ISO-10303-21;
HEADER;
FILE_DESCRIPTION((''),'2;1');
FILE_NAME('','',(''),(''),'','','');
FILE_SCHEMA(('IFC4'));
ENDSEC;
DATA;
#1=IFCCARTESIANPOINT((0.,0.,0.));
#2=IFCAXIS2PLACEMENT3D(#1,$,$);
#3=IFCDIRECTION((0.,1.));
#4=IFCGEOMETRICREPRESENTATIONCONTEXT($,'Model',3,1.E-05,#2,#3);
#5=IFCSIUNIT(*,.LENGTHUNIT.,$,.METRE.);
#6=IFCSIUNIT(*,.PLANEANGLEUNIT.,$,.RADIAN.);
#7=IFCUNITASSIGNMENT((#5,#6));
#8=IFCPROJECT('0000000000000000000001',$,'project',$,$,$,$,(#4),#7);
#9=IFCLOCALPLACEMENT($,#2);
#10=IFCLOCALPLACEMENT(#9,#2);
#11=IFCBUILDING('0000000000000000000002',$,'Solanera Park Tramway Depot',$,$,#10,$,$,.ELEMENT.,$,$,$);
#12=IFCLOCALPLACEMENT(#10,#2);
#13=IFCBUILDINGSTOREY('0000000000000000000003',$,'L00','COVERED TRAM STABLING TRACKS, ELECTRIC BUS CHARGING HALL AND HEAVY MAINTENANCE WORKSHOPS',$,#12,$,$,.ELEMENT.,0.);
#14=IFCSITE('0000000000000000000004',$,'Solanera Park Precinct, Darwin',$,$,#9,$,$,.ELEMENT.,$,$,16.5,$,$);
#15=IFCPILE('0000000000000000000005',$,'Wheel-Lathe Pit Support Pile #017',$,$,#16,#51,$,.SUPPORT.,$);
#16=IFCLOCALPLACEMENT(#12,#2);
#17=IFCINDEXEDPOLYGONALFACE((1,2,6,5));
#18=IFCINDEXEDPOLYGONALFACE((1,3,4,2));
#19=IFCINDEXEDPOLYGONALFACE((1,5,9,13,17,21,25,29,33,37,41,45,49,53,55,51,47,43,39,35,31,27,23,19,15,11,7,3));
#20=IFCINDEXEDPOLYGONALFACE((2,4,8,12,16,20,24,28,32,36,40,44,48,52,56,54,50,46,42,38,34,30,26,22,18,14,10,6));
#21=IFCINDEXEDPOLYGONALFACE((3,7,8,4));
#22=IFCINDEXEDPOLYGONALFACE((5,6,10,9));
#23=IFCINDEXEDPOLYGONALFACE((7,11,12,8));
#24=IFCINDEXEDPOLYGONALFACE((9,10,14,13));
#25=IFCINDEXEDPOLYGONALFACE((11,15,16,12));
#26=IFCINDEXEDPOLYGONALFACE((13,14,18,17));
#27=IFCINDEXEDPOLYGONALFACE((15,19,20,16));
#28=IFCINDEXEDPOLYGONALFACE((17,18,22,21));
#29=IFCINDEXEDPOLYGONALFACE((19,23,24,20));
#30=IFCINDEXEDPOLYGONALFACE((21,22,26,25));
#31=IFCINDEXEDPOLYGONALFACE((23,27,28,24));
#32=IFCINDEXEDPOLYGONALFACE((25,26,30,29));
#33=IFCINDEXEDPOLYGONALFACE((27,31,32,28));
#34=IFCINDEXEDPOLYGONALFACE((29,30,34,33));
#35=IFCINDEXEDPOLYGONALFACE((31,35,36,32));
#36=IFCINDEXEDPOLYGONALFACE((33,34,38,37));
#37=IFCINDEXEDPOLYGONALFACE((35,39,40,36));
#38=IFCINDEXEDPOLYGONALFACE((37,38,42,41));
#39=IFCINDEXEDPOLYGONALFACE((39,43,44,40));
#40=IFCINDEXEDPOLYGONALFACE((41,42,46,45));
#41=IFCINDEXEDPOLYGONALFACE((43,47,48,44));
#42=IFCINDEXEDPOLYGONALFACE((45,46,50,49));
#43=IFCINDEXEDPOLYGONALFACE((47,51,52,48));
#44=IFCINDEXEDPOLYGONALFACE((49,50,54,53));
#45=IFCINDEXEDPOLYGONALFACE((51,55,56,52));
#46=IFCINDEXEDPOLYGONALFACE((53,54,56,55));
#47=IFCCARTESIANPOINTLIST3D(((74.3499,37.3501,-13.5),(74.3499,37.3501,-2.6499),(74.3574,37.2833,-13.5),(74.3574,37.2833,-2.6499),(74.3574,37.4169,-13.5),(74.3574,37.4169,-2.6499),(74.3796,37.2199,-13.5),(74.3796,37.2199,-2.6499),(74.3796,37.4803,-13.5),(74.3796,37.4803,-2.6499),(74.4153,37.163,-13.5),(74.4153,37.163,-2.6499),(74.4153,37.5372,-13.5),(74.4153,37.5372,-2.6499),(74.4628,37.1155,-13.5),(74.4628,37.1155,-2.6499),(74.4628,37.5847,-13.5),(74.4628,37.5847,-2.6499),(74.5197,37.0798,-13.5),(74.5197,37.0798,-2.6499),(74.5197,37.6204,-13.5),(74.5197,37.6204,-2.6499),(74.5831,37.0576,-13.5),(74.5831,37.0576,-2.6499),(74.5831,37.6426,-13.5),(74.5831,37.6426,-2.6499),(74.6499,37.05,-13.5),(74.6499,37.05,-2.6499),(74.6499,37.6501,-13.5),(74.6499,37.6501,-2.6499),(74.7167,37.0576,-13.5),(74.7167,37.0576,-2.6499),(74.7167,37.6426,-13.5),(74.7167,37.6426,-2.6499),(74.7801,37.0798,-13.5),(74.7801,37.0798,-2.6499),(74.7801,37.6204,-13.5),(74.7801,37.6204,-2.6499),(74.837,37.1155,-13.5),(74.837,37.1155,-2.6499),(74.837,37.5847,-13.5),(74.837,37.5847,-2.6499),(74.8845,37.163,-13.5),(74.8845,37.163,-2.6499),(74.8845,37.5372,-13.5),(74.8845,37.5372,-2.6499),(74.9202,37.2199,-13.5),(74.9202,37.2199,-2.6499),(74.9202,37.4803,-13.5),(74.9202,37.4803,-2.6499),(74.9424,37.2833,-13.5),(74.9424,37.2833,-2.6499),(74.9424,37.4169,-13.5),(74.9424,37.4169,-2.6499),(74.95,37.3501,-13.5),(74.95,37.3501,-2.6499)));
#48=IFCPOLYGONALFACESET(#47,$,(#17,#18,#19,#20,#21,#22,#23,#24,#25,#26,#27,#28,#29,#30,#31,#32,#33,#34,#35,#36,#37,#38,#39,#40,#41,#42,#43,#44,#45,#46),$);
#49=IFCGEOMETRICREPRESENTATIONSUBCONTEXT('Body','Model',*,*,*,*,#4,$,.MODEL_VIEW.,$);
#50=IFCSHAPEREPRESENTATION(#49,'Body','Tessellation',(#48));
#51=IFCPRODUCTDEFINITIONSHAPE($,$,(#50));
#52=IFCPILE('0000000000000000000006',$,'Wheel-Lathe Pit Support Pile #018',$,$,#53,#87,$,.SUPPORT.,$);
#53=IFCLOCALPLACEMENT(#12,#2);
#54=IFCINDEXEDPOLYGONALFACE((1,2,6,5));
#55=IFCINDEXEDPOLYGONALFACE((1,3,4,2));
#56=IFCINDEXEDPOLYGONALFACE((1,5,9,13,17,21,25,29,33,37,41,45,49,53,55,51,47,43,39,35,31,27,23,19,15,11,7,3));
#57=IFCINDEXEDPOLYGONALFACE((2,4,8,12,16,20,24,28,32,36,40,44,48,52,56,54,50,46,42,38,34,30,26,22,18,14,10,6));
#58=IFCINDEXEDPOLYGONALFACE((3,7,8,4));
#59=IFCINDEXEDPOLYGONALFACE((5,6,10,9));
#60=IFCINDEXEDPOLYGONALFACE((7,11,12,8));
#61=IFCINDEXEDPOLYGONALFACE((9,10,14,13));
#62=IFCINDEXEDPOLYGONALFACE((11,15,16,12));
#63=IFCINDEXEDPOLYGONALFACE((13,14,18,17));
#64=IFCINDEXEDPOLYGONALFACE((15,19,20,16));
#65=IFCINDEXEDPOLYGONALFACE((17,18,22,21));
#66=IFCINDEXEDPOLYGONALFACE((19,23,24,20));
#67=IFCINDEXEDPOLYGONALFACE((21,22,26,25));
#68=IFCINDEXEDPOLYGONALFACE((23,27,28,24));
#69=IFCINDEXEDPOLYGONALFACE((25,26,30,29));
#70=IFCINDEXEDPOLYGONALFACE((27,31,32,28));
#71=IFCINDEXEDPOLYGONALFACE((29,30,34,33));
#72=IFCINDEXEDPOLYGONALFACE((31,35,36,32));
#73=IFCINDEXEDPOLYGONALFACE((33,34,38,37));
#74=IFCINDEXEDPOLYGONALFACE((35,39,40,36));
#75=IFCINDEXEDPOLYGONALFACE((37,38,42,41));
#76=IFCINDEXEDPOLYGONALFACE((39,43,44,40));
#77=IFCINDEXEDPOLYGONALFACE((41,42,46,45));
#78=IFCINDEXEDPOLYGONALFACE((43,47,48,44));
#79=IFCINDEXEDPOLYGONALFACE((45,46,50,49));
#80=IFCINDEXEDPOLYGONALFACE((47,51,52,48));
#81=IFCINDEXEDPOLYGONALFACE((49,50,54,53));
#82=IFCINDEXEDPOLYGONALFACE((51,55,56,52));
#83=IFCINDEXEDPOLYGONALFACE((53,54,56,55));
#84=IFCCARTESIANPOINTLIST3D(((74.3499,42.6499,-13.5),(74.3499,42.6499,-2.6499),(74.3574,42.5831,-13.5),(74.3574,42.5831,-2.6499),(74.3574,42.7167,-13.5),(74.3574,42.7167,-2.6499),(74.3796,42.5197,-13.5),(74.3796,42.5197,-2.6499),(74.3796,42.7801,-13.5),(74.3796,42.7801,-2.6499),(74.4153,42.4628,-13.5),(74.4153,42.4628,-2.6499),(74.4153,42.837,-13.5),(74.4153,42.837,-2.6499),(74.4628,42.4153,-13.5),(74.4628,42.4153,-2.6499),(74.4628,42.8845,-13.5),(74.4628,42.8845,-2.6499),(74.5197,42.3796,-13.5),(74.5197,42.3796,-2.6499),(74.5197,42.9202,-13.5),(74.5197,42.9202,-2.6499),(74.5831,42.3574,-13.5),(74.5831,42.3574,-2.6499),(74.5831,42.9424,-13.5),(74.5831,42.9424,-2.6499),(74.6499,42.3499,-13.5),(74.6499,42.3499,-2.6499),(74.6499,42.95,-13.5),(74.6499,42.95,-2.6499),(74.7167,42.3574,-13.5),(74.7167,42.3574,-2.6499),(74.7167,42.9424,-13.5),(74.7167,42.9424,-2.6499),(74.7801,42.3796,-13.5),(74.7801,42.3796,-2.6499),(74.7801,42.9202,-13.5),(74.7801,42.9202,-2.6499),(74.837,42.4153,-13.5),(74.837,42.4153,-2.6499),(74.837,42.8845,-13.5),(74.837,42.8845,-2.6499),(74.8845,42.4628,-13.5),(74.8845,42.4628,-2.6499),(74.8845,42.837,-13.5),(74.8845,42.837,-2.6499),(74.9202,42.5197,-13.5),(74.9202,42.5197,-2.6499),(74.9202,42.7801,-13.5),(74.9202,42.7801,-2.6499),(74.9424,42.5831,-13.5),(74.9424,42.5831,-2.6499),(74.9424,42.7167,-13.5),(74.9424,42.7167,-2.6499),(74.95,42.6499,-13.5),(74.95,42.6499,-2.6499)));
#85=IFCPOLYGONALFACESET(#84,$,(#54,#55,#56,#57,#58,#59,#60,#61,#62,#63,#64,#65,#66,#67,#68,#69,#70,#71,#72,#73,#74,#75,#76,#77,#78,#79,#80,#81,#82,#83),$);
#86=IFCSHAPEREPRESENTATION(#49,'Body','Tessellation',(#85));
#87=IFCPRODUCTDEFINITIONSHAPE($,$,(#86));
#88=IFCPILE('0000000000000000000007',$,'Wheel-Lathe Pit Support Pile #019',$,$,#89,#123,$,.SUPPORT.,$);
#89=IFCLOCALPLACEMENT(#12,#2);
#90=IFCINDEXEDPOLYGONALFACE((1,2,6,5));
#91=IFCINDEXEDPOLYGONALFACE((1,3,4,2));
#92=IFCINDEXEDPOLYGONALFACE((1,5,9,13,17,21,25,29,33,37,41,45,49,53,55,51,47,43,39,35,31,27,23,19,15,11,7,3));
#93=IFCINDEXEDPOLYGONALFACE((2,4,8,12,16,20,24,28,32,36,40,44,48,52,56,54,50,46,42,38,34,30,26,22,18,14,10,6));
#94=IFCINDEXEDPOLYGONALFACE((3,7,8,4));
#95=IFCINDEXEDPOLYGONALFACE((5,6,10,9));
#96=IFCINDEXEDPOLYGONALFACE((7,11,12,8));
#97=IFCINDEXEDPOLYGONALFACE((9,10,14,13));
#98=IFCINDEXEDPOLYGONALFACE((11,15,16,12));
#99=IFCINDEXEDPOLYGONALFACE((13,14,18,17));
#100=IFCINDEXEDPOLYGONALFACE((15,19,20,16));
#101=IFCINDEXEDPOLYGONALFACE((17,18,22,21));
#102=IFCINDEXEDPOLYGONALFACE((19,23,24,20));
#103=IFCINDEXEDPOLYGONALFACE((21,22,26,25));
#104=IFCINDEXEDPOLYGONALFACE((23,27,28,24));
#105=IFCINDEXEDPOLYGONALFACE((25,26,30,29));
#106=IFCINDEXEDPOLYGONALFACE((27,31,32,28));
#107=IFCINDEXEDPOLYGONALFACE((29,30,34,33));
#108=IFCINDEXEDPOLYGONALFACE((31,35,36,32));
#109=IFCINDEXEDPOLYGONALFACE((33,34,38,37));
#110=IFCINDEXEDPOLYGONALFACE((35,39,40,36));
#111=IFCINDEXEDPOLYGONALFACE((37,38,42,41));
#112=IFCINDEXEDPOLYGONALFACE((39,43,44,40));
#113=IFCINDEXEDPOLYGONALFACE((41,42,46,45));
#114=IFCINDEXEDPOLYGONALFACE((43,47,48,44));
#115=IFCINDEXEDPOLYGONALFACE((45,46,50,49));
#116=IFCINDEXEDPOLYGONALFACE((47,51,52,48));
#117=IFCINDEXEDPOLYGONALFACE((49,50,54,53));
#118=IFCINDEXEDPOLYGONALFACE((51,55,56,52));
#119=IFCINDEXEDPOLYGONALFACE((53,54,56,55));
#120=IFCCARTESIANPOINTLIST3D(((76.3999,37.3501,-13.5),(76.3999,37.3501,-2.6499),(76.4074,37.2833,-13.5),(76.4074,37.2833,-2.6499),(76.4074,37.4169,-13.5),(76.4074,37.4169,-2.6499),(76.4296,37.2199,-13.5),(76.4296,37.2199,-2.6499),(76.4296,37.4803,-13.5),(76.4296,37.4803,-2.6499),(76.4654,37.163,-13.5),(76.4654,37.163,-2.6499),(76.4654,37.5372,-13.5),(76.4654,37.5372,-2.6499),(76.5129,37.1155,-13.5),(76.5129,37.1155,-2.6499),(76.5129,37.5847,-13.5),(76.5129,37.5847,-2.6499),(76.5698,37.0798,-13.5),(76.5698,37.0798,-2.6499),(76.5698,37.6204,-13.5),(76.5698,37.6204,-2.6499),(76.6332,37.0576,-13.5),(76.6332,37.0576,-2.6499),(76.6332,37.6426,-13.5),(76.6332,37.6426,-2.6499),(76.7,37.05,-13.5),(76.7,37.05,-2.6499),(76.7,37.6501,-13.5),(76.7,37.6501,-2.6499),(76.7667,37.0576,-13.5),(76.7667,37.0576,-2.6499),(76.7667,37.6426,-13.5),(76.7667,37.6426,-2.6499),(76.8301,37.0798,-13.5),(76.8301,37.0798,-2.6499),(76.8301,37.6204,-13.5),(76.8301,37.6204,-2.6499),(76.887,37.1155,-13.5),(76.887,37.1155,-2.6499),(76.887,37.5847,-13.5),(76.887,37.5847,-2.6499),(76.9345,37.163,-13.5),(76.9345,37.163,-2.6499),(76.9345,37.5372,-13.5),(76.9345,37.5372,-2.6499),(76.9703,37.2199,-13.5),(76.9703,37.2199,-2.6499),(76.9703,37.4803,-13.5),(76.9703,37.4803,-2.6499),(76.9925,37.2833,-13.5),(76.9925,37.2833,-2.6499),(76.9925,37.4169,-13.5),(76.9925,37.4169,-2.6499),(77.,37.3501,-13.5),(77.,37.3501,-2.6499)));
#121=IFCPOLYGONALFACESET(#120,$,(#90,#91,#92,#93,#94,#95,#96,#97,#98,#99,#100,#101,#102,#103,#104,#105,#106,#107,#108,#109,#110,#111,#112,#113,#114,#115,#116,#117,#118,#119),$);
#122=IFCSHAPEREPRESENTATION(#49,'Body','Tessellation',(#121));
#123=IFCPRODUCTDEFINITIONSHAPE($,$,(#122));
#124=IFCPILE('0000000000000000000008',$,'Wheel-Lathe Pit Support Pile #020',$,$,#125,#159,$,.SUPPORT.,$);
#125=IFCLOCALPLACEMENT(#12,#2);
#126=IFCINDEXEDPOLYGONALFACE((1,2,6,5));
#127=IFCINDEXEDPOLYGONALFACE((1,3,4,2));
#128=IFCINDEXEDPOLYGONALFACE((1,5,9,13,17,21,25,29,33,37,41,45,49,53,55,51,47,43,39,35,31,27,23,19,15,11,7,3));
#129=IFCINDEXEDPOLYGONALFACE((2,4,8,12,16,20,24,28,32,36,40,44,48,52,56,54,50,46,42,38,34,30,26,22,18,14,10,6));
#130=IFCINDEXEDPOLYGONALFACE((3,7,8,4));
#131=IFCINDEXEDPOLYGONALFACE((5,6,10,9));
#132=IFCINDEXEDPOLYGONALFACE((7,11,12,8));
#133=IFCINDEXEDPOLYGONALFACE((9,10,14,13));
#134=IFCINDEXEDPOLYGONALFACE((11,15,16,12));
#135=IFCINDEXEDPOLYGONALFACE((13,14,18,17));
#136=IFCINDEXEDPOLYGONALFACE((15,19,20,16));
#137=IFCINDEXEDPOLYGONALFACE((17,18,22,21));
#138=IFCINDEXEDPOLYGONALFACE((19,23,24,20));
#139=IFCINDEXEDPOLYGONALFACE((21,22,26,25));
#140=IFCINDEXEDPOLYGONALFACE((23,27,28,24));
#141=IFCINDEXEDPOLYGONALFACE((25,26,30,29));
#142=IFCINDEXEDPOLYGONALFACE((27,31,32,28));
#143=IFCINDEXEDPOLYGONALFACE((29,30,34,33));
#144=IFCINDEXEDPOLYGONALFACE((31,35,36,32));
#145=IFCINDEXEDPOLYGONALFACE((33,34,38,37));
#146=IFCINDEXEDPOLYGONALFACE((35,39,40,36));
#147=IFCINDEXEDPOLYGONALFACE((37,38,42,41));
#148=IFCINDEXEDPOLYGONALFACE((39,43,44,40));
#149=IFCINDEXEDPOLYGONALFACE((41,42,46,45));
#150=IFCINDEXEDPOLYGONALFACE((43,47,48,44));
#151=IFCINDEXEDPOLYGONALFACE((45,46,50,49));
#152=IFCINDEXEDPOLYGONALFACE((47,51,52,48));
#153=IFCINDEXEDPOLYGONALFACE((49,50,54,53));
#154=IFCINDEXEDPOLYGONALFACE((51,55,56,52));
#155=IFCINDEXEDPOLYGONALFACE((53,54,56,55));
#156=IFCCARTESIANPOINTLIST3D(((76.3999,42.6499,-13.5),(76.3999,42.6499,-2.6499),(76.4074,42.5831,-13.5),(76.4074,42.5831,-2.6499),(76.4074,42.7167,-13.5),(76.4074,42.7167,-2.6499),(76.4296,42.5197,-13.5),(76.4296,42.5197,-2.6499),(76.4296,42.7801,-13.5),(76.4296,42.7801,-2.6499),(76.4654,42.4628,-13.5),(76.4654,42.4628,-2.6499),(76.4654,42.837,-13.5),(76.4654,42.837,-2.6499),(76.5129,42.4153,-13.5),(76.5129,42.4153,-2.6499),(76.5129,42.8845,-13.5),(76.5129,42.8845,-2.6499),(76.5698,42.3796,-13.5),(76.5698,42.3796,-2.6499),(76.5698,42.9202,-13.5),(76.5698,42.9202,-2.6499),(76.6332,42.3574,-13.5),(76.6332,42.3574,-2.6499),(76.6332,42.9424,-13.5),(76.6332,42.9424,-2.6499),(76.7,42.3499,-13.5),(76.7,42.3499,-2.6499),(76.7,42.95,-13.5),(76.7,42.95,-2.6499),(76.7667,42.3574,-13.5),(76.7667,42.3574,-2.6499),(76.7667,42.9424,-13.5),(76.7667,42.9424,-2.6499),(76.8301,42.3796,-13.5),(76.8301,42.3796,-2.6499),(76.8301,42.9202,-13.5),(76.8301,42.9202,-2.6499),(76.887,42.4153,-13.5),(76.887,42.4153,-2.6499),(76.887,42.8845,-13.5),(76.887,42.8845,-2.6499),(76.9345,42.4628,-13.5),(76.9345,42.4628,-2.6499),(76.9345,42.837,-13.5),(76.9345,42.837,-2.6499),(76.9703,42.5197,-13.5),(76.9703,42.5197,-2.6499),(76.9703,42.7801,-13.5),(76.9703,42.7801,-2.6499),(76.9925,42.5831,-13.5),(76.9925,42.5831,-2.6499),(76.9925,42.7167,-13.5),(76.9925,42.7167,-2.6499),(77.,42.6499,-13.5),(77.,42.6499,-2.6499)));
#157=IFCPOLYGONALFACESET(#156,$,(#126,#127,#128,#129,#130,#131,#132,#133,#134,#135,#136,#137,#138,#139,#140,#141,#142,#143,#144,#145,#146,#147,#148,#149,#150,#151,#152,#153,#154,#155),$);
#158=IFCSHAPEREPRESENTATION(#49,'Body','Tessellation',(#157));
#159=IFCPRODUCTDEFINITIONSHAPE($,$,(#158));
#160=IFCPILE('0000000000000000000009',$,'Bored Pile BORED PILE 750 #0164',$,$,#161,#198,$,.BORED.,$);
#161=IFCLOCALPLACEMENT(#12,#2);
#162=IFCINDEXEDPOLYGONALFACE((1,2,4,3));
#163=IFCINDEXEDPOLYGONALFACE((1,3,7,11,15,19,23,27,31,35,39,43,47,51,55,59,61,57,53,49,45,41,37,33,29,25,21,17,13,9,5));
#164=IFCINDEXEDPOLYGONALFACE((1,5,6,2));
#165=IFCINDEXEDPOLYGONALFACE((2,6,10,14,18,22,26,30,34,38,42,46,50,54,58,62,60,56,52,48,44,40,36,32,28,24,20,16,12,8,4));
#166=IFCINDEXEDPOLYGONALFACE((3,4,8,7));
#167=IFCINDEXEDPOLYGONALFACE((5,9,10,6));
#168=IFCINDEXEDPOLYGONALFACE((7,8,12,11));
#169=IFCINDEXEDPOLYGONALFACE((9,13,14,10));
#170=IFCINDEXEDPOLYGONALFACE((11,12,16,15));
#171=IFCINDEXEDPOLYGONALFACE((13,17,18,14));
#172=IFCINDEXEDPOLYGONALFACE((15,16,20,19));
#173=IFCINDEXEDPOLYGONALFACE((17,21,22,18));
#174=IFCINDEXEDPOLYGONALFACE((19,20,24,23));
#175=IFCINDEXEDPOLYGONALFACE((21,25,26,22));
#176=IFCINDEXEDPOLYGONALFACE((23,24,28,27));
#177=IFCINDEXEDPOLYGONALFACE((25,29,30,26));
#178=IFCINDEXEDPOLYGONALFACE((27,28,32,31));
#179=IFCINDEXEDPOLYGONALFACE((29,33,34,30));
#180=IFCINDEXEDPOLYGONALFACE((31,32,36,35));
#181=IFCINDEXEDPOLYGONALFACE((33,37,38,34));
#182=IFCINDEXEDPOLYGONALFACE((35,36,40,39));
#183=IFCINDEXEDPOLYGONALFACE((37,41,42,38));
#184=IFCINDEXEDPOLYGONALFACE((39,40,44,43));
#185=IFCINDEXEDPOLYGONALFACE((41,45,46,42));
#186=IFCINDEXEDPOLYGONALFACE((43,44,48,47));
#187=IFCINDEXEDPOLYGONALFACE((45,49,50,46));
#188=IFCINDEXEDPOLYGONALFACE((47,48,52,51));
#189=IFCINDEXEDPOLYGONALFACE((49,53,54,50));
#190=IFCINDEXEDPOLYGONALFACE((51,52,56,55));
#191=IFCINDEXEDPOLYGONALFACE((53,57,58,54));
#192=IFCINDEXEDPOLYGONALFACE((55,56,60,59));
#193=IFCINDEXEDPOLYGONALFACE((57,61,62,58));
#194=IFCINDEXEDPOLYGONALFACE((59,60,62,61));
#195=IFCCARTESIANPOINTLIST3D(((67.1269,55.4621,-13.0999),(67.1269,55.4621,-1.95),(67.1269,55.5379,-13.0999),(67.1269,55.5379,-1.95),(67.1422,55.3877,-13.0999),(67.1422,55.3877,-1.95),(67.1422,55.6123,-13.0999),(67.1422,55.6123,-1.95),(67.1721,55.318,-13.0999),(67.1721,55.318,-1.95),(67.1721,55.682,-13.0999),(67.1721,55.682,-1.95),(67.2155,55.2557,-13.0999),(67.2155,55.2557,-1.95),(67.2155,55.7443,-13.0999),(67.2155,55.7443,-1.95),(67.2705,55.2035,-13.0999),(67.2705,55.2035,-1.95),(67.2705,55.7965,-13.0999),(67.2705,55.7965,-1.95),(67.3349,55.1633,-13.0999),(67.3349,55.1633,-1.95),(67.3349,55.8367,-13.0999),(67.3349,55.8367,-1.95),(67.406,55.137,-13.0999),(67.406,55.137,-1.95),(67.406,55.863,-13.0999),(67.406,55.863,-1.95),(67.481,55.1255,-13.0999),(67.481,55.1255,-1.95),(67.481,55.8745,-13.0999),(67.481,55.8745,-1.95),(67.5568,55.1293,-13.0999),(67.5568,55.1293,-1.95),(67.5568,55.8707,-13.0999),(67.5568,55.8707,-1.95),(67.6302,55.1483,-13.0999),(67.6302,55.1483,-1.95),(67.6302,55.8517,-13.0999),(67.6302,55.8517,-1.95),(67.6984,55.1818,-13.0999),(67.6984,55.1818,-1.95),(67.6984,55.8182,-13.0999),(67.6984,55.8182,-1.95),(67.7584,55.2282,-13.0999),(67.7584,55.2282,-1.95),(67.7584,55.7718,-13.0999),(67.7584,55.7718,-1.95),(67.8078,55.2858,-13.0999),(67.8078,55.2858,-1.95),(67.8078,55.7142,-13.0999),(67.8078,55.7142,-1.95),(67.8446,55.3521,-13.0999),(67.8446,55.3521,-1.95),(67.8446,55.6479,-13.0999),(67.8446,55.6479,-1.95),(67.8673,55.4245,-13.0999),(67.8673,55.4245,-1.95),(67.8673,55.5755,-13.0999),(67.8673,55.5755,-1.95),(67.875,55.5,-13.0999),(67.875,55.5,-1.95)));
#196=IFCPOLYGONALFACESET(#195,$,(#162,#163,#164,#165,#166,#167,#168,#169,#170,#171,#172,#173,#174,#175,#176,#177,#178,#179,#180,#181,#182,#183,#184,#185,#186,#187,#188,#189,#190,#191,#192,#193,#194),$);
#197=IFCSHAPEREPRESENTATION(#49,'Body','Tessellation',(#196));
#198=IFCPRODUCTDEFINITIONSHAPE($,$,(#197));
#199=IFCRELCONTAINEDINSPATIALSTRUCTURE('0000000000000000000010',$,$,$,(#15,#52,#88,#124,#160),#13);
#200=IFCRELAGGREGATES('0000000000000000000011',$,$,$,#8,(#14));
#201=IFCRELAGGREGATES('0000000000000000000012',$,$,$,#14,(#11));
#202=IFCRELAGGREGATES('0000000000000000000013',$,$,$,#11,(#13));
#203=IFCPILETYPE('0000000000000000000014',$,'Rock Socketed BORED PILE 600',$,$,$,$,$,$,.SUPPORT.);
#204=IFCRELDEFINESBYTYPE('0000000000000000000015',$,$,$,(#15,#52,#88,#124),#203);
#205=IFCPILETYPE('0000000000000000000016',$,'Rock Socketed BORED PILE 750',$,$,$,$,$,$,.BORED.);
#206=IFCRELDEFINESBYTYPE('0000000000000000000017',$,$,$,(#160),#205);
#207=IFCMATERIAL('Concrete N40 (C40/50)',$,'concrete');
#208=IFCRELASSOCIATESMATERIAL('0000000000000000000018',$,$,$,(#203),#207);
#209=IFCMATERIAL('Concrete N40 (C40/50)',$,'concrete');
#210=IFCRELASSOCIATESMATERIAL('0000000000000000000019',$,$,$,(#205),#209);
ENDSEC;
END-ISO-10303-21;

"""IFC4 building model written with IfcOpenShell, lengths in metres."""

from ifc_helpers import new_model, si_unit, direction, frame, origin, origin_2d, place, context, subcontext, project, spatial, circle, extrude, material, material_profile, profile_set, type_object, element, save


model = new_model("IFC4")

# Units and contexts
model_context = context("Model", 3, precision=1e-05, world=origin(), true_north=direction((0.0, 1.0)))
body_context = subcontext(model_context, "Body", "Model", "MODEL_VIEW")
ifc_project = project(units=[si_unit("LENGTHUNIT", "METRE"), si_unit("PLANEANGLEUNIT", "RADIAN")], contexts=[model_context])

# Site, building, storey
site_placement = place(None, origin())
site = spatial("IfcSite", under=ifc_project, at=site_placement, Name="Solanera Park Precinct, Darwin", CompositionType="ELEMENT", RefElevation=16.5)
building_placement = place(site_placement, origin())
building = spatial("IfcBuilding", under=site, at=building_placement, Name="Solanera Park Tramway Depot", CompositionType="ELEMENT")
storey_placement = place(building_placement, origin())
storey = spatial("IfcBuildingStorey", under=building, at=storey_placement, Name="L00", Description="COVERED TRAM STABLING TRACKS, ELECTRIC BUS CHARGING HALL AND HEAVY MAINTENANCE WORKSHOPS", CompositionType="ELEMENT", Elevation=0.0)

# Piles
ifc_material_1 = material(Name="Concrete N40 (C40/50)", Category="concrete")
ifc_material_profile_1 = material_profile(ifc_material_1, circle(Radius=0.3, at=origin_2d()), Name="BORED PILE 600")
ifc_profile_set_1 = profile_set([ifc_material_profile_1], Name="Concrete N40 (C40/50)")
pile_type_1 = type_object("IfcPileType", Name="Rock Socketed BORED PILE 600", PredefinedType="SUPPORT", material=ifc_profile_set_1)
for number, where, z_axis, x_axis, name in (
    (1, (74.6499, 37.3501, -2.6499), (0.0, 0.0, -1.0), (1.0, 0.0, 0.0), "Wheel-Lathe Pit Support Pile #017"),
    (2, (74.6499, 42.6499, -2.6499), (0.0, 0.0, -1.0), (1.0, 0.0, 0.0), "Wheel-Lathe Pit Support Pile #018"),
    (3, (76.7, 37.3501, -2.6499), (0.0, 0.0, -1.0), (1.0, 0.0, 0.0), "Wheel-Lathe Pit Support Pile #019"),
    (4, (76.7, 42.6499, -2.6499), (0.0, 0.0, -1.0), (1.0, 0.0, 0.0), "Wheel-Lathe Pit Support Pile #020"),
):
    element("IfcPile", number, at=place(storey_placement, frame(where, z_axis=z_axis, x_axis=x_axis)), inside=storey, type_object=pile_type_1, Name=name, PredefinedType="SUPPORT", context=body_context, shape_type="SweptSolid", body=[
        extrude(circle(Radius=0.3, at=origin_2d()), origin(), (0.0, 0.0, 1.0), 10.8501),
    ])
ifc_material_2 = material(Name="Concrete N40 (C40/50)", Category="concrete")
ifc_material_profile_2 = material_profile(ifc_material_2, circle(Radius=0.375, at=origin_2d()), Name="BORED PILE 750")
ifc_profile_set_2 = profile_set([ifc_material_profile_2], Name="Concrete N40 (C40/50)")
pile_type_2 = type_object("IfcPileType", Name="Rock Socketed BORED PILE 750", PredefinedType="BORED", material=ifc_profile_set_2)
pile_1_placement = place(storey_placement, frame((67.5, 55.5, -1.95), z_axis=(0.0, 0.0, -1.0), x_axis=(1.0, 0.0, 0.0)))
element("IfcPile", 5, at=pile_1_placement, inside=storey, type_object=pile_type_2, Name="Bored Pile BORED PILE 750 #0164", PredefinedType="BORED", context=body_context, shape_type="SweptSolid", body=[
    extrude(circle(Radius=0.375, at=origin_2d()), origin(), (0.0, 0.0, 1.0), 11.1499),
])

save(model, "model.ifc")
